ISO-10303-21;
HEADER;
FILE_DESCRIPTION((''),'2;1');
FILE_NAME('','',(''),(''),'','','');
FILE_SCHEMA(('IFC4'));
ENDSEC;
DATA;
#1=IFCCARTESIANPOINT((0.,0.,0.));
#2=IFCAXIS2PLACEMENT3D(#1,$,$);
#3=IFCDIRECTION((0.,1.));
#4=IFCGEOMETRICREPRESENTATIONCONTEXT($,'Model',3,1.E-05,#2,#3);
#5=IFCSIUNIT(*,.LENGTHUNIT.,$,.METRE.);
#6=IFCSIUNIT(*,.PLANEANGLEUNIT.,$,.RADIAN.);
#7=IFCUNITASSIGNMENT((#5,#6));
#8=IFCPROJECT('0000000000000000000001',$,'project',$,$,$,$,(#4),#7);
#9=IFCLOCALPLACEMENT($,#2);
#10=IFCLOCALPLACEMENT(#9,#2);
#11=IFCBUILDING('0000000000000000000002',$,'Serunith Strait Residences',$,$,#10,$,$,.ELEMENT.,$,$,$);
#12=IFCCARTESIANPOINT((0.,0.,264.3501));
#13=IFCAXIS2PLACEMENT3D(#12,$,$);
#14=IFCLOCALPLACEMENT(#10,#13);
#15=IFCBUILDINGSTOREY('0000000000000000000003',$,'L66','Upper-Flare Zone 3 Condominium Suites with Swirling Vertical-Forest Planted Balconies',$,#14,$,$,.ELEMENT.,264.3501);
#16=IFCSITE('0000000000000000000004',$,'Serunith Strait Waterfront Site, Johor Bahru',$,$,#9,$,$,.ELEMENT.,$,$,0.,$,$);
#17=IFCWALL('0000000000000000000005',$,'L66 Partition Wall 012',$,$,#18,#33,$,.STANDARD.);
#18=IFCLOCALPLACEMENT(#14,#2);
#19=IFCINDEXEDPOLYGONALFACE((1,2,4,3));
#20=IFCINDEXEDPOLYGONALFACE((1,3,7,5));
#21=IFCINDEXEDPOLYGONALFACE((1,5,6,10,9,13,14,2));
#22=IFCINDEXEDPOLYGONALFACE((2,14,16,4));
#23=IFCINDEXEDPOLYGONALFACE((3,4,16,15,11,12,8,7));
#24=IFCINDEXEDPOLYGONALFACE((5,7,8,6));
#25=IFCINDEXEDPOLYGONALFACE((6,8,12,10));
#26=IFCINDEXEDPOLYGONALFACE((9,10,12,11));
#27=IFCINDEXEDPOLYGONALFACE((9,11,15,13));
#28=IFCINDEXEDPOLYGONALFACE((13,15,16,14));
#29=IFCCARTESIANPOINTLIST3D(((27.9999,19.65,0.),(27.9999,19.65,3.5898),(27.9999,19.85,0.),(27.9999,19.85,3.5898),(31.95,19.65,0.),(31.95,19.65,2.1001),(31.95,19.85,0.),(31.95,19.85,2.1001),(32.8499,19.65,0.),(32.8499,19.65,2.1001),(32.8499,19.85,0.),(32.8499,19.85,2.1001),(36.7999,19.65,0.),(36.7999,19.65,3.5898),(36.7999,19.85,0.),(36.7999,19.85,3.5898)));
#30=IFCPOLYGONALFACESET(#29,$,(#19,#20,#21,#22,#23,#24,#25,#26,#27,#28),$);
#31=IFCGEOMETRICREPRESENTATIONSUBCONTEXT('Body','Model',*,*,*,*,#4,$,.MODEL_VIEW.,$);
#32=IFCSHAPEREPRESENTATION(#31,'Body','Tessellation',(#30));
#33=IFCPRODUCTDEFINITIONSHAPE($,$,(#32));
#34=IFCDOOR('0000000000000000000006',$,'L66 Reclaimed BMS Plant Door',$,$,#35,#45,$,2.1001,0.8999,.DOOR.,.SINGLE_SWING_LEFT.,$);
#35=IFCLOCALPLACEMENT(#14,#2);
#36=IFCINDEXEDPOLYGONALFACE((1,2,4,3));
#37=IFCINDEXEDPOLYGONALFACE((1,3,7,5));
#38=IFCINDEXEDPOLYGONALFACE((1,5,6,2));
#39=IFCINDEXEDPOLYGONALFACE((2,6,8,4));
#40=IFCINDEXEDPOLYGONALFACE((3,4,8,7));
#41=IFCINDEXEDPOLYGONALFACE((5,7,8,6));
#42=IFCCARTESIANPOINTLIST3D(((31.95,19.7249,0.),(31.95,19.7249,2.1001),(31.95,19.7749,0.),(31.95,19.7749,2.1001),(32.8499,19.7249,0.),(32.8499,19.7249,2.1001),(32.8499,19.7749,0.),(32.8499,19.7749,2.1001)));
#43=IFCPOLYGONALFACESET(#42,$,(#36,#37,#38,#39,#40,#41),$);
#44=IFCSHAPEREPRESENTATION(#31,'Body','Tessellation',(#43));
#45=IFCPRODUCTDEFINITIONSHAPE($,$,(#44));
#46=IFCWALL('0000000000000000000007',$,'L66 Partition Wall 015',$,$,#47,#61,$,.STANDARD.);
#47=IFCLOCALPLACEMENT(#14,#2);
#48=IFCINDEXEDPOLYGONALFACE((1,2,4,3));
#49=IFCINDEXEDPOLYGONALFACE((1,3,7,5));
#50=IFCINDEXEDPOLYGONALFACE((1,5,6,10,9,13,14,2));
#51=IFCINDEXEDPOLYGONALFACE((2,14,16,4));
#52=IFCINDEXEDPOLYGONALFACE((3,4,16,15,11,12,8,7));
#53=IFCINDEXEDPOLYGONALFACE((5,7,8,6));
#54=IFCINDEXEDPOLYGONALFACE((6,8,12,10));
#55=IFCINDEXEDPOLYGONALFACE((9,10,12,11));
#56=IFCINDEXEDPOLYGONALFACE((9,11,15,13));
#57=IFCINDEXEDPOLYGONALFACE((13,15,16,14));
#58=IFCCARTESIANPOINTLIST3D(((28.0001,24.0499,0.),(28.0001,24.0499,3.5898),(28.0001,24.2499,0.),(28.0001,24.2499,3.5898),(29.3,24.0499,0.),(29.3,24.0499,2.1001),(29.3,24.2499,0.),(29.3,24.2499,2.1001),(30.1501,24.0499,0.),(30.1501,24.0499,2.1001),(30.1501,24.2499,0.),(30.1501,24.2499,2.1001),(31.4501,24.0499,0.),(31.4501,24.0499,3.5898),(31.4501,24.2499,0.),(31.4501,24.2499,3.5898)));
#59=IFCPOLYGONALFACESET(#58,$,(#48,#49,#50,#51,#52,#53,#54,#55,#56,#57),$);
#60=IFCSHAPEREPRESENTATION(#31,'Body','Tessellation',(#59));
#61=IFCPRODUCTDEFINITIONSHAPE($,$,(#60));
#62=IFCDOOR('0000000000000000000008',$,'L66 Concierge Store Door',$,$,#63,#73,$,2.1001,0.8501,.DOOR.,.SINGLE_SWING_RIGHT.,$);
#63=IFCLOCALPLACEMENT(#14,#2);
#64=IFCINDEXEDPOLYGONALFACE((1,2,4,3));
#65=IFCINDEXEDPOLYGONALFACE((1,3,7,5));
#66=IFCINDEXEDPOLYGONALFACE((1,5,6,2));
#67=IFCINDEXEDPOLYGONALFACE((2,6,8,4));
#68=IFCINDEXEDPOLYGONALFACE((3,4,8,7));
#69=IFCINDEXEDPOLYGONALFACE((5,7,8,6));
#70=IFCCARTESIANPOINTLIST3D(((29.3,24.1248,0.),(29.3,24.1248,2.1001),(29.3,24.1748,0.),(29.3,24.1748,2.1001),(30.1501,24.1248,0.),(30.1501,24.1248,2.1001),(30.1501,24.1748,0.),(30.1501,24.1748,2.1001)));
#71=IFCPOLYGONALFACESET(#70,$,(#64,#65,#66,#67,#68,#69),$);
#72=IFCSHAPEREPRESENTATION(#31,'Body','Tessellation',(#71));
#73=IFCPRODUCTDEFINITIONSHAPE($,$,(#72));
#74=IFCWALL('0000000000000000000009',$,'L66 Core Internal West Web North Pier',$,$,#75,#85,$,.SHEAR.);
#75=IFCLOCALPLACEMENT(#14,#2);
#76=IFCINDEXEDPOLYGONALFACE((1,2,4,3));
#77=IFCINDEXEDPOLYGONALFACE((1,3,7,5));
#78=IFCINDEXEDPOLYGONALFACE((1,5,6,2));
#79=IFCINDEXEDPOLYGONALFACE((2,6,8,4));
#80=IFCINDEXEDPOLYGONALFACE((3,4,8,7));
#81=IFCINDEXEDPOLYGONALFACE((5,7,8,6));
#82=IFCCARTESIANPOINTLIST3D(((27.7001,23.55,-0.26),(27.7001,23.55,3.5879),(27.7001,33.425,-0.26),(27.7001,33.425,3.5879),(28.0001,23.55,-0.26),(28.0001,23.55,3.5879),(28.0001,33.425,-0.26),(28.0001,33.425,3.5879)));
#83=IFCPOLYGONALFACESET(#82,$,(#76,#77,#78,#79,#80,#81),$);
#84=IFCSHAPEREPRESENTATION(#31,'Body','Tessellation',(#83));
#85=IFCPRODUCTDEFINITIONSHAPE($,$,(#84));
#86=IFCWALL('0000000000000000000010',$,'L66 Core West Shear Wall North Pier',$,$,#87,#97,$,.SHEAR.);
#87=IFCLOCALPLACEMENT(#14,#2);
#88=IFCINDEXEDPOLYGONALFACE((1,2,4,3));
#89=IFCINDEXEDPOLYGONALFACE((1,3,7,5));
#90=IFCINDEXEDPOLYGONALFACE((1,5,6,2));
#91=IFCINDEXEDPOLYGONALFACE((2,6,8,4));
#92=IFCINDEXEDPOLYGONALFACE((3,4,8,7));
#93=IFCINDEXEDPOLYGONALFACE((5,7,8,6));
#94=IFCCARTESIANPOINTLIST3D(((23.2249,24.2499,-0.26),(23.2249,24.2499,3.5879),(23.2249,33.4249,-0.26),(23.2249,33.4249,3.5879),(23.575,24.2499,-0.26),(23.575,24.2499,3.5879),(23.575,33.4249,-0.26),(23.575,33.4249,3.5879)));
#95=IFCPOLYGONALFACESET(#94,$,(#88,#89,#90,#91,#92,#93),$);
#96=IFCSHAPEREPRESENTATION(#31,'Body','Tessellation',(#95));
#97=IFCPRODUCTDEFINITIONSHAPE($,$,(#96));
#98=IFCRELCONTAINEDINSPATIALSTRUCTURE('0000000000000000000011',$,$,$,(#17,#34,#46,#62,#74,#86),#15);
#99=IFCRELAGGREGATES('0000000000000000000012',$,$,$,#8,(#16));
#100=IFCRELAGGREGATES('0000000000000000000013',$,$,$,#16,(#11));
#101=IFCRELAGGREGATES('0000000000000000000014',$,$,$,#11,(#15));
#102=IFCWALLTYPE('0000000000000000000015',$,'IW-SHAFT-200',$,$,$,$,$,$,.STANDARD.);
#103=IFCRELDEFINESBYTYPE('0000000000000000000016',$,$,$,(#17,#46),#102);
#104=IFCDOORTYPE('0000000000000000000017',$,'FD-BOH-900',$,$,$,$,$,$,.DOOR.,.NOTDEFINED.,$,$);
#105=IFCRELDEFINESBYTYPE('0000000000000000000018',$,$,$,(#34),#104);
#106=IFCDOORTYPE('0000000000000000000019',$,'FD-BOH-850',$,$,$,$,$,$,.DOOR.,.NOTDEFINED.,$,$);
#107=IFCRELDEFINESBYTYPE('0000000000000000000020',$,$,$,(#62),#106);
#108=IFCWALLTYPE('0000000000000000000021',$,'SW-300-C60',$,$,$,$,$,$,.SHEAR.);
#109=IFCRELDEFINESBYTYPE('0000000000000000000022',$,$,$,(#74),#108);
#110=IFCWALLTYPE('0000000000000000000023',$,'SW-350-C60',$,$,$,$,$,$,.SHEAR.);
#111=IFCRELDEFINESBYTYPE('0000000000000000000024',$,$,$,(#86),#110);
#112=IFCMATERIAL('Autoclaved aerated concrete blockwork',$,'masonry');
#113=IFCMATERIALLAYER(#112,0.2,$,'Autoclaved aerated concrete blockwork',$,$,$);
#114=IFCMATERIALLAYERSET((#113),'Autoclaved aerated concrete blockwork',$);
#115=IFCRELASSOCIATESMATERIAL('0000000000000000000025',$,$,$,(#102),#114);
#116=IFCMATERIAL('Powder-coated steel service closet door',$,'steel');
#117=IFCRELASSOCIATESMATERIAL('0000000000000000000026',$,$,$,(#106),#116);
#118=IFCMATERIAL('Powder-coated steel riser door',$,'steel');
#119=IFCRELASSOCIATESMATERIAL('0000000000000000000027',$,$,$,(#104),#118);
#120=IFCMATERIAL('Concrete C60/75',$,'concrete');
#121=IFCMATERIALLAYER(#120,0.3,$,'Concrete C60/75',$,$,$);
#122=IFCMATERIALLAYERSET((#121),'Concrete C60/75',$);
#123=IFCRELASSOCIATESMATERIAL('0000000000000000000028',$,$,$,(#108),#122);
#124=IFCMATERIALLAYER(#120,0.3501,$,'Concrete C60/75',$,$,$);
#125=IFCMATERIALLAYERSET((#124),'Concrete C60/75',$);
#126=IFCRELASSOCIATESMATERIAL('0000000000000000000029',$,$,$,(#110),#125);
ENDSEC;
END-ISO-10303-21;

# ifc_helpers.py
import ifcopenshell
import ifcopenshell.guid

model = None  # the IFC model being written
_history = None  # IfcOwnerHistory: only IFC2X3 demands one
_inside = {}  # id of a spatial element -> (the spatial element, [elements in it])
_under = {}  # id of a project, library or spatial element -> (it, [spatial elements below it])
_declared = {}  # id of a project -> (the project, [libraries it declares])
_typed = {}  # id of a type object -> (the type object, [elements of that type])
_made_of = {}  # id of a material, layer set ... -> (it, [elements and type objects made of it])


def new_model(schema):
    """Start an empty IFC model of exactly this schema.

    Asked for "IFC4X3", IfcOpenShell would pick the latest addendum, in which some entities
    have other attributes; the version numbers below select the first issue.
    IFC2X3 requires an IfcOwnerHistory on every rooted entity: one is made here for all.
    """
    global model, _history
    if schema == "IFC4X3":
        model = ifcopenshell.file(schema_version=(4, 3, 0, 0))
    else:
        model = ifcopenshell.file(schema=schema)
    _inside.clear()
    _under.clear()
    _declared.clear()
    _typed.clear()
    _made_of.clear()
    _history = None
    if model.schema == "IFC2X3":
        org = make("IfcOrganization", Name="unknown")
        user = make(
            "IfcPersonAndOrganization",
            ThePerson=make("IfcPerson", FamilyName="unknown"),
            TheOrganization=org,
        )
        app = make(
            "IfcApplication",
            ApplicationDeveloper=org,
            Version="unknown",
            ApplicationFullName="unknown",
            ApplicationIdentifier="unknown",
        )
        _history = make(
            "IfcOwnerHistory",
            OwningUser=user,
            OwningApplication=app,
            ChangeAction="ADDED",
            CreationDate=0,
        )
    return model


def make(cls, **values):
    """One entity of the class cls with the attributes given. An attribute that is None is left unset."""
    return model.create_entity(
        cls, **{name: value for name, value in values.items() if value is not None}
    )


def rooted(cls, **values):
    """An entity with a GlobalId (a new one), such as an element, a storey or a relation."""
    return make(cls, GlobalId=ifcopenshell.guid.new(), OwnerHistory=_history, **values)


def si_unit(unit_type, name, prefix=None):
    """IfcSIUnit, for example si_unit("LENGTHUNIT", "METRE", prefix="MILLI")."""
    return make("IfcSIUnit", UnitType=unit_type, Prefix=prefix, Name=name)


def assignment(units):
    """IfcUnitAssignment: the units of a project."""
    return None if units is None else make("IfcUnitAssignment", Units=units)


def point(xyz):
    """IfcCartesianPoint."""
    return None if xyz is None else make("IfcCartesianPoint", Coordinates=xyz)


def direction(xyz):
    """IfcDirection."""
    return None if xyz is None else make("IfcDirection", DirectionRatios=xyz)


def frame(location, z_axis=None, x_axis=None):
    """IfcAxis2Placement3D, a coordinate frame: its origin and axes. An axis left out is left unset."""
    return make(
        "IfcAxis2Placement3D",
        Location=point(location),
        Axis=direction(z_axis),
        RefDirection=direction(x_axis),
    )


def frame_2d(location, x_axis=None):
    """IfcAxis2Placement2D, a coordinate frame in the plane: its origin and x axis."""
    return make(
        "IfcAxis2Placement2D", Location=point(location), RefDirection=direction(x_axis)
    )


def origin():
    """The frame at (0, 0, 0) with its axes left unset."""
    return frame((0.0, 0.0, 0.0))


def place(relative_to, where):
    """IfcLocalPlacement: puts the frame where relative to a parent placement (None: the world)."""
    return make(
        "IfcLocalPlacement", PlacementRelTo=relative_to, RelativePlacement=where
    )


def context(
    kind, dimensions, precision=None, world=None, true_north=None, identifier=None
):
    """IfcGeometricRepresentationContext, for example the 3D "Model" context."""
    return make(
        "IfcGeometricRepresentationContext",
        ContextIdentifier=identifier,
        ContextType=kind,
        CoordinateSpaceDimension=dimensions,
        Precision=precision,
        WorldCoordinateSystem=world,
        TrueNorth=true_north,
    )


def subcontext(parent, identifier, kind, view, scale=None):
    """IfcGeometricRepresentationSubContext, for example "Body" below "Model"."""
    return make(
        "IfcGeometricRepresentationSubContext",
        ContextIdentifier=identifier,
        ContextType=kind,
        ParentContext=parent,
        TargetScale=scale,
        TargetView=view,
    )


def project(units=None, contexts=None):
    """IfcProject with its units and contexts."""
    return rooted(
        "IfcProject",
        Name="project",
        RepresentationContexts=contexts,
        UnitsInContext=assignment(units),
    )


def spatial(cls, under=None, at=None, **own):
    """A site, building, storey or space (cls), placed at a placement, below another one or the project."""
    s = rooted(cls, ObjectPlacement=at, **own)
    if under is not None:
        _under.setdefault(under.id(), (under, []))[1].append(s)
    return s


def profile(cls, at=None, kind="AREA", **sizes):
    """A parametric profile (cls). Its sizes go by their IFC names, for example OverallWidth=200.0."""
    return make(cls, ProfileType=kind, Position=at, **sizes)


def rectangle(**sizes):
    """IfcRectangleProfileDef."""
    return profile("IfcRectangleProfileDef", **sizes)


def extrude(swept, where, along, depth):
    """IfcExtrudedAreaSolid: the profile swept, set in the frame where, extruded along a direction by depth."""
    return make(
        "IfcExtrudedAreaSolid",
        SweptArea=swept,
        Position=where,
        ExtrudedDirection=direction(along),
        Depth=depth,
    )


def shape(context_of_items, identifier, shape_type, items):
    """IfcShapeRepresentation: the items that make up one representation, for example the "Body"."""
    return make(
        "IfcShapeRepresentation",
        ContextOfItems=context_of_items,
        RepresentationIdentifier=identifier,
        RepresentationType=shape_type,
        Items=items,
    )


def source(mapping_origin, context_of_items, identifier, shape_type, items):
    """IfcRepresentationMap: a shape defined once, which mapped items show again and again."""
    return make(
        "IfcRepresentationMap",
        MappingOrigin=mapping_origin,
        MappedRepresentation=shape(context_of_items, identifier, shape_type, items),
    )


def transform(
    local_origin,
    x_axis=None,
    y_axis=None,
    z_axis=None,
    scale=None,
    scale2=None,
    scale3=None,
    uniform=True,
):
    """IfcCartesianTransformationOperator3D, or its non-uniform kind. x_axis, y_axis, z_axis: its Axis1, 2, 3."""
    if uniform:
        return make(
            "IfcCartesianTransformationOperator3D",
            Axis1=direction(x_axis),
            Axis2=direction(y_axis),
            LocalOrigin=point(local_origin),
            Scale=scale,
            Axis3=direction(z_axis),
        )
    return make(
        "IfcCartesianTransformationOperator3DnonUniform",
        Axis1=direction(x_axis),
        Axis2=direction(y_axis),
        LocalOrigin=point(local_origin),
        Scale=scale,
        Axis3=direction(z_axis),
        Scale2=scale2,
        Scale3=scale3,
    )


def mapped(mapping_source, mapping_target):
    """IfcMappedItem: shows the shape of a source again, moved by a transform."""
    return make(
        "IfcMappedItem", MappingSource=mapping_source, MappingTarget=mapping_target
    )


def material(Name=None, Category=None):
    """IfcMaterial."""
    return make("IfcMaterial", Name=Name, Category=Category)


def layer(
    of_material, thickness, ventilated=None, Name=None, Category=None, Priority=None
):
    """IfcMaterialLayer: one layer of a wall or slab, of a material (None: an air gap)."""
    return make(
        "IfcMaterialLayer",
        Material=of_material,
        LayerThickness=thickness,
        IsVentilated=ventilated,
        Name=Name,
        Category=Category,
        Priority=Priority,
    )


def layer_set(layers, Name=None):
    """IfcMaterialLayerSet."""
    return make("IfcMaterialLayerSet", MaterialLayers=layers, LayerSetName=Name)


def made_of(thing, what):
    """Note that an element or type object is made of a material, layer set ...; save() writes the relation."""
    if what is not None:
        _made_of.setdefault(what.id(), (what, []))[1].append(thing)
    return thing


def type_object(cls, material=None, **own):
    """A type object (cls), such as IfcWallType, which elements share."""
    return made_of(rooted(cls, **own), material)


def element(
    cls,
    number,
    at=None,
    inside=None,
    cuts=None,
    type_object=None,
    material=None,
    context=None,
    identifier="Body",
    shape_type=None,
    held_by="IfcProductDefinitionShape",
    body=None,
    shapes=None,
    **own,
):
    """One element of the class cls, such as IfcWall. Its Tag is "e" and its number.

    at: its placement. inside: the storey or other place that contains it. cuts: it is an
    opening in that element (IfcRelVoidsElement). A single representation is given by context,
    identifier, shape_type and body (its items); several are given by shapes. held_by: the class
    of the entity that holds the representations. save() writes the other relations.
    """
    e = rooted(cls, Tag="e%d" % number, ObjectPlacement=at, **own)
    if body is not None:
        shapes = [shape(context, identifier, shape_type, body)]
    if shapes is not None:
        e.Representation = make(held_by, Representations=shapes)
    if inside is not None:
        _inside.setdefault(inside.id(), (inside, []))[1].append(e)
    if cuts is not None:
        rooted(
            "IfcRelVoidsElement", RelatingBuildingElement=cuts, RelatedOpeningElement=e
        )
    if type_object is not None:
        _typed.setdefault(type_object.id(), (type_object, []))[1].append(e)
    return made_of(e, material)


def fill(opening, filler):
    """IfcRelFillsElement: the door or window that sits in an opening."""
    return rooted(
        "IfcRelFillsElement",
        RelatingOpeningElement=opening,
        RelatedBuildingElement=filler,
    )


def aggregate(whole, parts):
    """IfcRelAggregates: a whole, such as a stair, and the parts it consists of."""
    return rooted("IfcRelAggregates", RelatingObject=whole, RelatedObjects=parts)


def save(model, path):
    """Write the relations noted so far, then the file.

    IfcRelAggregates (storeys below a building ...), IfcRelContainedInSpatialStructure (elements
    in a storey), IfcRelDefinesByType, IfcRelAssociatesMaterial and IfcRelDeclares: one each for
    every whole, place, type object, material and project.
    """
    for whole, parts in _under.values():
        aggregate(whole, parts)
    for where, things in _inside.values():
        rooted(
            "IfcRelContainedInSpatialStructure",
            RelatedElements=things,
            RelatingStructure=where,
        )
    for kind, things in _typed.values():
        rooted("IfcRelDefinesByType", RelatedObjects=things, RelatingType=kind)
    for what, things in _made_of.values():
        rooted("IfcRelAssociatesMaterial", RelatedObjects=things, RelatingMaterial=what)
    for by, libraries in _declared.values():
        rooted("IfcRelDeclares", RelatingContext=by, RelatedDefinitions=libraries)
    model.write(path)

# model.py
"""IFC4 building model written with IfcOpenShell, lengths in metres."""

from ifc_helpers import new_model, si_unit, direction, frame, frame_2d, origin, place, context, subcontext, project, spatial, rectangle, extrude, source, transform, mapped, material, layer, layer_set, type_object, element, fill, save


model = new_model("IFC4")

# Units and contexts
model_context = context("Model", 3, precision=1e-05, world=origin(), true_north=direction((0.0, 1.0)))
body_context = subcontext(model_context, "Body", "Model", "MODEL_VIEW")
ifc_project = project(units=[si_unit("LENGTHUNIT", "METRE"), si_unit("PLANEANGLEUNIT", "RADIAN")], contexts=[model_context])

# Site, building, storey
site_placement = place(None, origin())
site = spatial("IfcSite", under=ifc_project, at=site_placement, Name="Serunith Strait Waterfront Site, Johor Bahru", CompositionType="ELEMENT", RefElevation=0.0)
building_placement = place(site_placement, origin())
building = spatial("IfcBuilding", under=site, at=building_placement, Name="Serunith Strait Residences", CompositionType="ELEMENT")
storey_placement = place(building_placement, frame((0.0, 0.0, 264.3501)))
storey = spatial("IfcBuildingStorey", under=building, at=storey_placement, Name="L66", Description="Upper-Flare Zone 3 Condominium Suites with Swirling Vertical-Forest Planted Balconies", CompositionType="ELEMENT", Elevation=264.3501)

# Shared definitions
shared_shape_1 = source(origin(), body_context, "Body", "SweptSolid", [
    extrude(rectangle(XDim=0.8501, YDim=2.1001, at=frame_2d((0.425, 1.05))), frame((0.0, 0.0249, 0.0), z_axis=(0.0, -1.0, 0.0), x_axis=(1.0, 0.0, 0.0)), (0.0, 0.0, 1.0), 0.05),
])

# Walls, openings, doors
ifc_material_1 = material(Name="Autoclaved aerated concrete blockwork", Category="masonry")
ifc_layer_1 = layer(ifc_material_1, 0.2, Name="Autoclaved aerated concrete blockwork")
ifc_layer_set_1 = layer_set([ifc_layer_1], Name="Autoclaved aerated concrete blockwork")
wall_type_1 = type_object("IfcWallType", Name="IW-SHAFT-200", PredefinedType="STANDARD", material=ifc_layer_set_1)
ifc_material_2 = material(Name="Powder-coated steel service closet door", Category="steel")
door_type_1 = type_object("IfcDoorType", Name="FD-BOH-850", OperationType="NOTDEFINED", PredefinedType="DOOR", material=ifc_material_2)
wall_1_placement = place(storey_placement, frame((28.0, 19.75, 0.0), z_axis=(0.0, 0.0, 1.0), x_axis=(1.0, 0.0, 0.0)))
wall_1 = element("IfcWall", 1, at=wall_1_placement, inside=storey, type_object=wall_type_1, Name="L66 Partition Wall 012", PredefinedType="STANDARD", context=body_context, shape_type="SweptSolid", body=[
    extrude(rectangle(XDim=8.8, YDim=0.2, at=frame_2d((4.3999, 0.0))), origin(), (0.0, 0.0, 1.0), 3.5898),
])
opening_1_placement = place(wall_1_placement, frame((3.95, 0.0, 0.0)))
opening_1 = element("IfcOpeningElement", 2, at=opening_1_placement, cuts=wall_1, PredefinedType="OPENING", context=body_context, shape_type="SweptSolid", body=[
    extrude(rectangle(XDim=0.8999, YDim=2.1001, at=frame_2d((0.45, 1.05))), frame((0.0, 0.1099, 0.0), z_axis=(0.0, -1.0, 0.0), x_axis=(1.0, 0.0, 0.0)), (0.0, 0.0, 1.0), 0.22),
])
ifc_material_3 = material(Name="Powder-coated steel riser door", Category="steel")
door_type_2 = type_object("IfcDoorType", Name="FD-BOH-900", OperationType="NOTDEFINED", PredefinedType="DOOR", material=ifc_material_3)
shared_shape_2 = source(origin(), body_context, "Body", "SweptSolid", [
    extrude(rectangle(XDim=0.8999, YDim=2.1001, at=frame_2d((0.45, 1.05))), frame((0.0, 0.0249, 0.0), z_axis=(0.0, -1.0, 0.0), x_axis=(1.0, 0.0, 0.0)), (0.0, 0.0, 1.0), 0.05),
])
door_1_placement = place(opening_1_placement, origin())
door_1 = element("IfcDoor", 3, at=door_1_placement, inside=storey, type_object=door_type_2, Name="L66 Reclaimed BMS Plant Door", OperationType="SINGLE_SWING_LEFT", OverallHeight=2.1001, OverallWidth=0.8999, PredefinedType="DOOR", context=body_context, shape_type="MappedRepresentation", body=[
    mapped(shared_shape_2, transform((0.0, 0.0, 0.0), scale=1.0)),
])
fill(opening_1, door_1)
wall_2_placement = place(storey_placement, frame((28.0, 24.1499, 0.0), z_axis=(0.0, 0.0, 1.0), x_axis=(1.0, 0.0, 0.0)))
wall_2 = element("IfcWall", 4, at=wall_2_placement, inside=storey, type_object=wall_type_1, Name="L66 Partition Wall 015", PredefinedType="STANDARD", context=body_context, shape_type="SweptSolid", body=[
    extrude(rectangle(XDim=3.45, YDim=0.2, at=frame_2d((1.7251, 0.0))), origin(), (0.0, 0.0, 1.0), 3.5898),
])
opening_2_placement = place(wall_2_placement, frame((1.3, 0.0, 0.0)))
opening_2 = element("IfcOpeningElement", 5, at=opening_2_placement, cuts=wall_2, PredefinedType="OPENING", context=body_context, shape_type="SweptSolid", body=[
    extrude(rectangle(XDim=0.8501, YDim=2.1001, at=frame_2d((0.425, 1.05))), frame((0.0, 0.1099, 0.0), z_axis=(0.0, -1.0, 0.0), x_axis=(1.0, 0.0, 0.0)), (0.0, 0.0, 1.0), 0.22),
])
door_2_placement = place(opening_2_placement, origin())
door_2 = element("IfcDoor", 6, at=door_2_placement, inside=storey, type_object=door_type_1, Name="L66 Concierge Store Door", OperationType="SINGLE_SWING_RIGHT", OverallHeight=2.1001, OverallWidth=0.8501, PredefinedType="DOOR", context=body_context, shape_type="MappedRepresentation", body=[
    mapped(shared_shape_1, transform((0.0, 0.0, 0.0), scale=1.0)),
])
fill(opening_2, door_2)

# Walls
ifc_material_4 = material(Name="Concrete C60/75", Category="concrete")
ifc_layer_2 = layer(ifc_material_4, 0.3, Name="Concrete C60/75")
ifc_layer_set_2 = layer_set([ifc_layer_2], Name="Concrete C60/75")
wall_type_2 = type_object("IfcWallType", Name="SW-300-C60", PredefinedType="SHEAR", material=ifc_layer_set_2)
wall_3_placement = place(storey_placement, frame((27.8501, 23.55, -0.26), z_axis=(0.0, 0.0, 1.0), x_axis=(0.0, 1.0, 0.0)))
element("IfcWall", 7, at=wall_3_placement, inside=storey, type_object=wall_type_2, Name="L66 Core Internal West Web North Pier", PredefinedType="SHEAR", context=body_context, shape_type="SweptSolid", body=[
    extrude(rectangle(XDim=9.875, YDim=0.3, at=frame_2d((4.9375, 0.0))), origin(), (0.0, 0.0, 1.0), 3.8479),
])
ifc_layer_3 = layer(ifc_material_4, 0.3501, Name="Concrete C60/75")
ifc_layer_set_3 = layer_set([ifc_layer_3], Name="Concrete C60/75")
wall_type_3 = type_object("IfcWallType", Name="SW-350-C60", PredefinedType="SHEAR", material=ifc_layer_set_3)
wall_4_placement = place(storey_placement, frame((23.3999, 24.25, -0.26), z_axis=(0.0, 0.0, 1.0), x_axis=(0.0, 1.0, 0.0)))
element("IfcWall", 8, at=wall_4_placement, inside=storey, type_object=wall_type_3, Name="L66 Core West Shear Wall North Pier", PredefinedType="SHEAR", context=body_context, shape_type="SweptSolid", body=[
    extrude(rectangle(XDim=9.175, YDim=0.3501, at=frame_2d((4.5874, 0.0))), origin(), (0.0, 0.0, 1.0), 3.8479),
])

save(model, "model.ifc")
